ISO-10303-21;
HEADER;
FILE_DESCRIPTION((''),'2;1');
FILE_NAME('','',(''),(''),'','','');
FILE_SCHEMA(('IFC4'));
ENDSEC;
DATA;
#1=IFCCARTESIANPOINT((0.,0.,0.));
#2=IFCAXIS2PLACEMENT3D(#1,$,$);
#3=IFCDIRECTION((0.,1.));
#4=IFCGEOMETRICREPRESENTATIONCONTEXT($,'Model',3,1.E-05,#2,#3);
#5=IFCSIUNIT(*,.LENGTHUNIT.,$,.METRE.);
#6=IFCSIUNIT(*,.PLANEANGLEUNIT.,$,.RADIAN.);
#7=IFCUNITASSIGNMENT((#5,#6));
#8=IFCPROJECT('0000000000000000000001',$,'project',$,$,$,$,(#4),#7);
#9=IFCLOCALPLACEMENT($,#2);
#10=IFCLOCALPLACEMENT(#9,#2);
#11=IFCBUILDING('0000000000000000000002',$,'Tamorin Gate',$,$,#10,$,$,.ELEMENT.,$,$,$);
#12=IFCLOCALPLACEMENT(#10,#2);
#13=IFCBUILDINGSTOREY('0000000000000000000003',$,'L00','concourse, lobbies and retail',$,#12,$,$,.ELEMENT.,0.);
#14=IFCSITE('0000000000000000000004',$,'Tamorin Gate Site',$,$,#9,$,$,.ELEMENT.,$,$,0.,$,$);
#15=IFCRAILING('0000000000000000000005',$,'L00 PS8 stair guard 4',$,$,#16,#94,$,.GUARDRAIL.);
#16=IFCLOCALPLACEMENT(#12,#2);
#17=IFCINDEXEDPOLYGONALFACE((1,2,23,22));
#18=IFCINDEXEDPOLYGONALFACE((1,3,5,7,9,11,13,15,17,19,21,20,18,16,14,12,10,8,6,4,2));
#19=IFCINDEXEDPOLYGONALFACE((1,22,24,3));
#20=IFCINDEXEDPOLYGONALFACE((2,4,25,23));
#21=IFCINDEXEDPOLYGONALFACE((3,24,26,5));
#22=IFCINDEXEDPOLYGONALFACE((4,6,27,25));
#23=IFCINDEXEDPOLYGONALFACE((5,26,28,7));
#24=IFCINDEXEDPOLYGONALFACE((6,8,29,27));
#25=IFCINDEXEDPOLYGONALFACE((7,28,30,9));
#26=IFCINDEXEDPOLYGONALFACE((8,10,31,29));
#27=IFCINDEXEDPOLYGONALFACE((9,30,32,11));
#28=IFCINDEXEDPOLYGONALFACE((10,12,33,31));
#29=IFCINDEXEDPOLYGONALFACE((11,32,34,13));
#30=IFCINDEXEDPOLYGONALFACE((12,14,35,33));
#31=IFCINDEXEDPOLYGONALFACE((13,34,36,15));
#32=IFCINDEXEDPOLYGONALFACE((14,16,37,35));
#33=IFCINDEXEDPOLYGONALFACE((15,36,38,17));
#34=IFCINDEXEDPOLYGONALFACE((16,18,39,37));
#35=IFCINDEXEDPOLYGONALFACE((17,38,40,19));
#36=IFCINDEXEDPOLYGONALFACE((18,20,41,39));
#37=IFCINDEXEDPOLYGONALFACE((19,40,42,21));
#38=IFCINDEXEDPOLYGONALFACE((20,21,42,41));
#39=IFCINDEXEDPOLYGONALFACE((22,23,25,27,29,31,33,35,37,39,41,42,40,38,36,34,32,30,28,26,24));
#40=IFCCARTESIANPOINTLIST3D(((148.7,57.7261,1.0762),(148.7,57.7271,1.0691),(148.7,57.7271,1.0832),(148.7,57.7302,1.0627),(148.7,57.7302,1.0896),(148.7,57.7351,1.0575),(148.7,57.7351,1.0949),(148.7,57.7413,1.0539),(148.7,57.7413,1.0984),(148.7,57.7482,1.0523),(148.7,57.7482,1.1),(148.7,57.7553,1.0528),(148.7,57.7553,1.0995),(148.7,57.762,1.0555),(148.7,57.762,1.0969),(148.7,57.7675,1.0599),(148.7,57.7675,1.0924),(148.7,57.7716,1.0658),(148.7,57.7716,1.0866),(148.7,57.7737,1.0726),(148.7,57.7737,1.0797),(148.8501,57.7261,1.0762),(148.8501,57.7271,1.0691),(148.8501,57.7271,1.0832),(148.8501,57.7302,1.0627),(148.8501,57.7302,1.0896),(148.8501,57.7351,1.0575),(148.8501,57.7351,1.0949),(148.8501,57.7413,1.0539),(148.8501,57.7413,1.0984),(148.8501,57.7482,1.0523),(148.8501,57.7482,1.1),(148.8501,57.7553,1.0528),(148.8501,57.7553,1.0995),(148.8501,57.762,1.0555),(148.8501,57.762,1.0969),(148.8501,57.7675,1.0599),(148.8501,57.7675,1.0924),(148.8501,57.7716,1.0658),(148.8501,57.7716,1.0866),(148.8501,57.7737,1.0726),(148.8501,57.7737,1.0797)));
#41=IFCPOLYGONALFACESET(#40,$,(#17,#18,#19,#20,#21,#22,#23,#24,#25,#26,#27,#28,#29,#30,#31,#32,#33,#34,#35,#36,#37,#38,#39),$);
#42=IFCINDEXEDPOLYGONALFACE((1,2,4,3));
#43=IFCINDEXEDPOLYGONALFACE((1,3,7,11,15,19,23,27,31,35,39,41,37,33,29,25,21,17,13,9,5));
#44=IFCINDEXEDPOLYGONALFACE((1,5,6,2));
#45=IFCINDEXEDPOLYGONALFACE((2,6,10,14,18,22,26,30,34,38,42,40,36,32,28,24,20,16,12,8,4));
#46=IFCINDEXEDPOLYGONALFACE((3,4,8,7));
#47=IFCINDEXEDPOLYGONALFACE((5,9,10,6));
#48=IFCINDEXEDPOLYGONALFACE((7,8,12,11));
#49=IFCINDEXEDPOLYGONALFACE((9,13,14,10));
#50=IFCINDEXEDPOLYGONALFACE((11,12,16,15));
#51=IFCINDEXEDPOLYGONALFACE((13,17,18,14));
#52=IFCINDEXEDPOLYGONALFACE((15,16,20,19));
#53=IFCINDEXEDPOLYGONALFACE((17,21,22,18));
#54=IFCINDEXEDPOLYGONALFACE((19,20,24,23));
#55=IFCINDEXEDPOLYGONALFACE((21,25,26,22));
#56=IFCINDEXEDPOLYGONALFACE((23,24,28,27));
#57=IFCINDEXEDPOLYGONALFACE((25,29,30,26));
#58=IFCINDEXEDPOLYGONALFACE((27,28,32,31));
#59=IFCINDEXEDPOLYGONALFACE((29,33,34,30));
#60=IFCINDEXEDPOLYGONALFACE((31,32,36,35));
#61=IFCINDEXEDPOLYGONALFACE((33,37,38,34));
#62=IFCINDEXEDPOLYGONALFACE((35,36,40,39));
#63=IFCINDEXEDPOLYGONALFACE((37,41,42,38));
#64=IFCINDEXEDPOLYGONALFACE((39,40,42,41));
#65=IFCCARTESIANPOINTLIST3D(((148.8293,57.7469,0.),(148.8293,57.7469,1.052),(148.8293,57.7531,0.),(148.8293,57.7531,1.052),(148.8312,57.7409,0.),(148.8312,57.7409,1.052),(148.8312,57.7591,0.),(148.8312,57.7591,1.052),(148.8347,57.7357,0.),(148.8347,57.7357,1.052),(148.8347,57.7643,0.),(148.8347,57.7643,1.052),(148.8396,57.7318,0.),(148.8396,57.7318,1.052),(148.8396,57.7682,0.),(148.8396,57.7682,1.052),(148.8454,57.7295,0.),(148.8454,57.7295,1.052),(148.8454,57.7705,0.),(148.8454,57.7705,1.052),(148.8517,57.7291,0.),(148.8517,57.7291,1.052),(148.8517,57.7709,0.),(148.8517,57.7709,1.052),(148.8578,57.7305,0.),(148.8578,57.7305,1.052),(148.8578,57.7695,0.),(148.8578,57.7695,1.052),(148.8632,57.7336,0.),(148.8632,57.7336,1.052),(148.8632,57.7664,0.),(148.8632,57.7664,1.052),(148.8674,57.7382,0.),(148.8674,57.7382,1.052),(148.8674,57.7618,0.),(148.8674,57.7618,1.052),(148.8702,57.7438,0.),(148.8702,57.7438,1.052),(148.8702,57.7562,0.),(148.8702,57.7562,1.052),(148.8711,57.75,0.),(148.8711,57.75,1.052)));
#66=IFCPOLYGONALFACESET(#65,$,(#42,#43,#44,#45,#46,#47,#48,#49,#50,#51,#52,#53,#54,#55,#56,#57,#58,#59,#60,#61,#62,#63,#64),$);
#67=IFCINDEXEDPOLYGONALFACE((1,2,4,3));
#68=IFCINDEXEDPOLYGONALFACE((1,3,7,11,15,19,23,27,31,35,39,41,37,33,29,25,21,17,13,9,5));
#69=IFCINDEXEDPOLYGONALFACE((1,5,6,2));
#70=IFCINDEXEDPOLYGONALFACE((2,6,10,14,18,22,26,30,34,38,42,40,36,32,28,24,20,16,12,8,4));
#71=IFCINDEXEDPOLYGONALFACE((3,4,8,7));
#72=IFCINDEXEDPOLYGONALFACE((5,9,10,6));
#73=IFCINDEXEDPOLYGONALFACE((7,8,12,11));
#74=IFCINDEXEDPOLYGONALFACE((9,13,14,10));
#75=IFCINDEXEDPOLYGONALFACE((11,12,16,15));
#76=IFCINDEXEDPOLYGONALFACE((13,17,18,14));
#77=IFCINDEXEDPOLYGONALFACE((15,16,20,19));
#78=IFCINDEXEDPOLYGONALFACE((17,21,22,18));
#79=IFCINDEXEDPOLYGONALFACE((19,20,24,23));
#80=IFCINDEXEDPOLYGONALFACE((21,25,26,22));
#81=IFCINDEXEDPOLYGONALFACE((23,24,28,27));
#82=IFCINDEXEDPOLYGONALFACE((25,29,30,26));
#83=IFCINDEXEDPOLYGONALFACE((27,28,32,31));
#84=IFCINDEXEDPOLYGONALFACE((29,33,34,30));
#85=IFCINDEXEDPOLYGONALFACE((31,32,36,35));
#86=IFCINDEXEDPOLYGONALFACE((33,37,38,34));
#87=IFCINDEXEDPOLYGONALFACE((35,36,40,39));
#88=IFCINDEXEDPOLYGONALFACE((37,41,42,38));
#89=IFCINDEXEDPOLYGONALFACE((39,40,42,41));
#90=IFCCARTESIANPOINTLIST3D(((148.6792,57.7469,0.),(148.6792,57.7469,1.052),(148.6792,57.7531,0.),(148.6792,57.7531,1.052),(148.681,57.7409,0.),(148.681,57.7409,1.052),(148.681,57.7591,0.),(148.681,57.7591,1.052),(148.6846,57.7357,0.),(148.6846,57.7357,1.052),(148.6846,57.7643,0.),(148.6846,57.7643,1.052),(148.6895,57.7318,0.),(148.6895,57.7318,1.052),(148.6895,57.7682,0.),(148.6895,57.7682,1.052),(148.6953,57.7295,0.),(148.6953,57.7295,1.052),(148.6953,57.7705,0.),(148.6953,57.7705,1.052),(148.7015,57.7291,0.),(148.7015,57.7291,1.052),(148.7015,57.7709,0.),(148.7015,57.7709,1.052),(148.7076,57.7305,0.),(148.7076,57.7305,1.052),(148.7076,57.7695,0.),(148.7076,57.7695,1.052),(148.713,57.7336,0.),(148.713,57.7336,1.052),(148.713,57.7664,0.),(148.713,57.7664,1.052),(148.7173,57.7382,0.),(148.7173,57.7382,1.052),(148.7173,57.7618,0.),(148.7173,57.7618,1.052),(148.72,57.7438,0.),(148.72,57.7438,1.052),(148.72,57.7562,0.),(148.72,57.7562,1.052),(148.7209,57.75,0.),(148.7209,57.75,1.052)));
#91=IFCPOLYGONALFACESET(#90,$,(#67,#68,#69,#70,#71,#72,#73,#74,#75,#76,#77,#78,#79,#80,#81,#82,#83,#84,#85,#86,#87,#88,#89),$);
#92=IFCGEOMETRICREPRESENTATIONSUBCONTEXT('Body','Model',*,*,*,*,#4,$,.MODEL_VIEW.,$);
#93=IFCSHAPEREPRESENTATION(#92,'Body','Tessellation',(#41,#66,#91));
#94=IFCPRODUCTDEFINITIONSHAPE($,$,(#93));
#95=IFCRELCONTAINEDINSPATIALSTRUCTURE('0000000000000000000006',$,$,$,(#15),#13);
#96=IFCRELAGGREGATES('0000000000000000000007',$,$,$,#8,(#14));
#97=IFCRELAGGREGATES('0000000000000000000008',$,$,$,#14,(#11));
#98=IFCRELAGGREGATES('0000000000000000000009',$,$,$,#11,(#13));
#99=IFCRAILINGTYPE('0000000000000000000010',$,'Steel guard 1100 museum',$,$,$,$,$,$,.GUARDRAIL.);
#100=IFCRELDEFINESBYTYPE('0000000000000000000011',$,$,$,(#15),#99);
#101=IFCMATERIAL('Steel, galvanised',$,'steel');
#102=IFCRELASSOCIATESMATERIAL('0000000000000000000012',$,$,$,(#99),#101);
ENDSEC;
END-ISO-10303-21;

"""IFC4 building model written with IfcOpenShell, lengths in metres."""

from ifc_helpers import new_model, si_unit, direction, frame, origin, origin_2d, place, context, subcontext, project, spatial, circle, extrude, material, type_object, element, save


model = new_model("IFC4")

# Units and contexts
model_context = context("Model", 3, precision=1e-05, world=origin(), true_north=direction((0.0, 1.0)))
body_context = subcontext(model_context, "Body", "Model", "MODEL_VIEW")
ifc_project = project(units=[si_unit("LENGTHUNIT", "METRE"), si_unit("PLANEANGLEUNIT", "RADIAN")], contexts=[model_context])

# Site, building, storey
site_placement = place(None, origin())
site = spatial("IfcSite", under=ifc_project, at=site_placement, Name="Tamorin Gate Site", CompositionType="ELEMENT", RefElevation=0.0)
building_placement = place(site_placement, origin())
building = spatial("IfcBuilding", under=site, at=building_placement, Name="Tamorin Gate", CompositionType="ELEMENT")
storey_placement = place(building_placement, origin())
storey = spatial("IfcBuildingStorey", under=building, at=storey_placement, Name="L00", Description="concourse, lobbies and retail", CompositionType="ELEMENT", Elevation=0.0)

# Railing
ifc_material_1 = material(Name="Steel, galvanised", Category="steel")
railing_type_1 = type_object("IfcRailingType", Name="Steel guard 1100 museum", PredefinedType="GUARDRAIL", material=ifc_material_1)
railing_1_placement = place(storey_placement, frame((148.8501, 57.75, 0.0)))
element("IfcRailing", 1, at=railing_1_placement, inside=storey, type_object=railing_type_1, Name="L00 PS8 stair guard 4", PredefinedType="GUARDRAIL", context=body_context, shape_type="SweptSolid", body=[
    extrude(circle(Radius=0.0239, at=origin_2d()), frame((0.0, 0.0, 1.0762), z_axis=(-1.0, 0.0, 0.0), x_axis=(0.0, -1.0, 0.0)), (0.0, 0.0, 1.0), 0.1501),
    extrude(circle(Radius=0.021, at=origin_2d()), origin(), (0.0, 0.0, 1.0), 1.052),
    extrude(circle(Radius=0.021, at=origin_2d()), frame((-0.1501, 0.0, 0.0)), (0.0, 0.0, 1.0), 1.052),
])

save(model, "model.ifc")
